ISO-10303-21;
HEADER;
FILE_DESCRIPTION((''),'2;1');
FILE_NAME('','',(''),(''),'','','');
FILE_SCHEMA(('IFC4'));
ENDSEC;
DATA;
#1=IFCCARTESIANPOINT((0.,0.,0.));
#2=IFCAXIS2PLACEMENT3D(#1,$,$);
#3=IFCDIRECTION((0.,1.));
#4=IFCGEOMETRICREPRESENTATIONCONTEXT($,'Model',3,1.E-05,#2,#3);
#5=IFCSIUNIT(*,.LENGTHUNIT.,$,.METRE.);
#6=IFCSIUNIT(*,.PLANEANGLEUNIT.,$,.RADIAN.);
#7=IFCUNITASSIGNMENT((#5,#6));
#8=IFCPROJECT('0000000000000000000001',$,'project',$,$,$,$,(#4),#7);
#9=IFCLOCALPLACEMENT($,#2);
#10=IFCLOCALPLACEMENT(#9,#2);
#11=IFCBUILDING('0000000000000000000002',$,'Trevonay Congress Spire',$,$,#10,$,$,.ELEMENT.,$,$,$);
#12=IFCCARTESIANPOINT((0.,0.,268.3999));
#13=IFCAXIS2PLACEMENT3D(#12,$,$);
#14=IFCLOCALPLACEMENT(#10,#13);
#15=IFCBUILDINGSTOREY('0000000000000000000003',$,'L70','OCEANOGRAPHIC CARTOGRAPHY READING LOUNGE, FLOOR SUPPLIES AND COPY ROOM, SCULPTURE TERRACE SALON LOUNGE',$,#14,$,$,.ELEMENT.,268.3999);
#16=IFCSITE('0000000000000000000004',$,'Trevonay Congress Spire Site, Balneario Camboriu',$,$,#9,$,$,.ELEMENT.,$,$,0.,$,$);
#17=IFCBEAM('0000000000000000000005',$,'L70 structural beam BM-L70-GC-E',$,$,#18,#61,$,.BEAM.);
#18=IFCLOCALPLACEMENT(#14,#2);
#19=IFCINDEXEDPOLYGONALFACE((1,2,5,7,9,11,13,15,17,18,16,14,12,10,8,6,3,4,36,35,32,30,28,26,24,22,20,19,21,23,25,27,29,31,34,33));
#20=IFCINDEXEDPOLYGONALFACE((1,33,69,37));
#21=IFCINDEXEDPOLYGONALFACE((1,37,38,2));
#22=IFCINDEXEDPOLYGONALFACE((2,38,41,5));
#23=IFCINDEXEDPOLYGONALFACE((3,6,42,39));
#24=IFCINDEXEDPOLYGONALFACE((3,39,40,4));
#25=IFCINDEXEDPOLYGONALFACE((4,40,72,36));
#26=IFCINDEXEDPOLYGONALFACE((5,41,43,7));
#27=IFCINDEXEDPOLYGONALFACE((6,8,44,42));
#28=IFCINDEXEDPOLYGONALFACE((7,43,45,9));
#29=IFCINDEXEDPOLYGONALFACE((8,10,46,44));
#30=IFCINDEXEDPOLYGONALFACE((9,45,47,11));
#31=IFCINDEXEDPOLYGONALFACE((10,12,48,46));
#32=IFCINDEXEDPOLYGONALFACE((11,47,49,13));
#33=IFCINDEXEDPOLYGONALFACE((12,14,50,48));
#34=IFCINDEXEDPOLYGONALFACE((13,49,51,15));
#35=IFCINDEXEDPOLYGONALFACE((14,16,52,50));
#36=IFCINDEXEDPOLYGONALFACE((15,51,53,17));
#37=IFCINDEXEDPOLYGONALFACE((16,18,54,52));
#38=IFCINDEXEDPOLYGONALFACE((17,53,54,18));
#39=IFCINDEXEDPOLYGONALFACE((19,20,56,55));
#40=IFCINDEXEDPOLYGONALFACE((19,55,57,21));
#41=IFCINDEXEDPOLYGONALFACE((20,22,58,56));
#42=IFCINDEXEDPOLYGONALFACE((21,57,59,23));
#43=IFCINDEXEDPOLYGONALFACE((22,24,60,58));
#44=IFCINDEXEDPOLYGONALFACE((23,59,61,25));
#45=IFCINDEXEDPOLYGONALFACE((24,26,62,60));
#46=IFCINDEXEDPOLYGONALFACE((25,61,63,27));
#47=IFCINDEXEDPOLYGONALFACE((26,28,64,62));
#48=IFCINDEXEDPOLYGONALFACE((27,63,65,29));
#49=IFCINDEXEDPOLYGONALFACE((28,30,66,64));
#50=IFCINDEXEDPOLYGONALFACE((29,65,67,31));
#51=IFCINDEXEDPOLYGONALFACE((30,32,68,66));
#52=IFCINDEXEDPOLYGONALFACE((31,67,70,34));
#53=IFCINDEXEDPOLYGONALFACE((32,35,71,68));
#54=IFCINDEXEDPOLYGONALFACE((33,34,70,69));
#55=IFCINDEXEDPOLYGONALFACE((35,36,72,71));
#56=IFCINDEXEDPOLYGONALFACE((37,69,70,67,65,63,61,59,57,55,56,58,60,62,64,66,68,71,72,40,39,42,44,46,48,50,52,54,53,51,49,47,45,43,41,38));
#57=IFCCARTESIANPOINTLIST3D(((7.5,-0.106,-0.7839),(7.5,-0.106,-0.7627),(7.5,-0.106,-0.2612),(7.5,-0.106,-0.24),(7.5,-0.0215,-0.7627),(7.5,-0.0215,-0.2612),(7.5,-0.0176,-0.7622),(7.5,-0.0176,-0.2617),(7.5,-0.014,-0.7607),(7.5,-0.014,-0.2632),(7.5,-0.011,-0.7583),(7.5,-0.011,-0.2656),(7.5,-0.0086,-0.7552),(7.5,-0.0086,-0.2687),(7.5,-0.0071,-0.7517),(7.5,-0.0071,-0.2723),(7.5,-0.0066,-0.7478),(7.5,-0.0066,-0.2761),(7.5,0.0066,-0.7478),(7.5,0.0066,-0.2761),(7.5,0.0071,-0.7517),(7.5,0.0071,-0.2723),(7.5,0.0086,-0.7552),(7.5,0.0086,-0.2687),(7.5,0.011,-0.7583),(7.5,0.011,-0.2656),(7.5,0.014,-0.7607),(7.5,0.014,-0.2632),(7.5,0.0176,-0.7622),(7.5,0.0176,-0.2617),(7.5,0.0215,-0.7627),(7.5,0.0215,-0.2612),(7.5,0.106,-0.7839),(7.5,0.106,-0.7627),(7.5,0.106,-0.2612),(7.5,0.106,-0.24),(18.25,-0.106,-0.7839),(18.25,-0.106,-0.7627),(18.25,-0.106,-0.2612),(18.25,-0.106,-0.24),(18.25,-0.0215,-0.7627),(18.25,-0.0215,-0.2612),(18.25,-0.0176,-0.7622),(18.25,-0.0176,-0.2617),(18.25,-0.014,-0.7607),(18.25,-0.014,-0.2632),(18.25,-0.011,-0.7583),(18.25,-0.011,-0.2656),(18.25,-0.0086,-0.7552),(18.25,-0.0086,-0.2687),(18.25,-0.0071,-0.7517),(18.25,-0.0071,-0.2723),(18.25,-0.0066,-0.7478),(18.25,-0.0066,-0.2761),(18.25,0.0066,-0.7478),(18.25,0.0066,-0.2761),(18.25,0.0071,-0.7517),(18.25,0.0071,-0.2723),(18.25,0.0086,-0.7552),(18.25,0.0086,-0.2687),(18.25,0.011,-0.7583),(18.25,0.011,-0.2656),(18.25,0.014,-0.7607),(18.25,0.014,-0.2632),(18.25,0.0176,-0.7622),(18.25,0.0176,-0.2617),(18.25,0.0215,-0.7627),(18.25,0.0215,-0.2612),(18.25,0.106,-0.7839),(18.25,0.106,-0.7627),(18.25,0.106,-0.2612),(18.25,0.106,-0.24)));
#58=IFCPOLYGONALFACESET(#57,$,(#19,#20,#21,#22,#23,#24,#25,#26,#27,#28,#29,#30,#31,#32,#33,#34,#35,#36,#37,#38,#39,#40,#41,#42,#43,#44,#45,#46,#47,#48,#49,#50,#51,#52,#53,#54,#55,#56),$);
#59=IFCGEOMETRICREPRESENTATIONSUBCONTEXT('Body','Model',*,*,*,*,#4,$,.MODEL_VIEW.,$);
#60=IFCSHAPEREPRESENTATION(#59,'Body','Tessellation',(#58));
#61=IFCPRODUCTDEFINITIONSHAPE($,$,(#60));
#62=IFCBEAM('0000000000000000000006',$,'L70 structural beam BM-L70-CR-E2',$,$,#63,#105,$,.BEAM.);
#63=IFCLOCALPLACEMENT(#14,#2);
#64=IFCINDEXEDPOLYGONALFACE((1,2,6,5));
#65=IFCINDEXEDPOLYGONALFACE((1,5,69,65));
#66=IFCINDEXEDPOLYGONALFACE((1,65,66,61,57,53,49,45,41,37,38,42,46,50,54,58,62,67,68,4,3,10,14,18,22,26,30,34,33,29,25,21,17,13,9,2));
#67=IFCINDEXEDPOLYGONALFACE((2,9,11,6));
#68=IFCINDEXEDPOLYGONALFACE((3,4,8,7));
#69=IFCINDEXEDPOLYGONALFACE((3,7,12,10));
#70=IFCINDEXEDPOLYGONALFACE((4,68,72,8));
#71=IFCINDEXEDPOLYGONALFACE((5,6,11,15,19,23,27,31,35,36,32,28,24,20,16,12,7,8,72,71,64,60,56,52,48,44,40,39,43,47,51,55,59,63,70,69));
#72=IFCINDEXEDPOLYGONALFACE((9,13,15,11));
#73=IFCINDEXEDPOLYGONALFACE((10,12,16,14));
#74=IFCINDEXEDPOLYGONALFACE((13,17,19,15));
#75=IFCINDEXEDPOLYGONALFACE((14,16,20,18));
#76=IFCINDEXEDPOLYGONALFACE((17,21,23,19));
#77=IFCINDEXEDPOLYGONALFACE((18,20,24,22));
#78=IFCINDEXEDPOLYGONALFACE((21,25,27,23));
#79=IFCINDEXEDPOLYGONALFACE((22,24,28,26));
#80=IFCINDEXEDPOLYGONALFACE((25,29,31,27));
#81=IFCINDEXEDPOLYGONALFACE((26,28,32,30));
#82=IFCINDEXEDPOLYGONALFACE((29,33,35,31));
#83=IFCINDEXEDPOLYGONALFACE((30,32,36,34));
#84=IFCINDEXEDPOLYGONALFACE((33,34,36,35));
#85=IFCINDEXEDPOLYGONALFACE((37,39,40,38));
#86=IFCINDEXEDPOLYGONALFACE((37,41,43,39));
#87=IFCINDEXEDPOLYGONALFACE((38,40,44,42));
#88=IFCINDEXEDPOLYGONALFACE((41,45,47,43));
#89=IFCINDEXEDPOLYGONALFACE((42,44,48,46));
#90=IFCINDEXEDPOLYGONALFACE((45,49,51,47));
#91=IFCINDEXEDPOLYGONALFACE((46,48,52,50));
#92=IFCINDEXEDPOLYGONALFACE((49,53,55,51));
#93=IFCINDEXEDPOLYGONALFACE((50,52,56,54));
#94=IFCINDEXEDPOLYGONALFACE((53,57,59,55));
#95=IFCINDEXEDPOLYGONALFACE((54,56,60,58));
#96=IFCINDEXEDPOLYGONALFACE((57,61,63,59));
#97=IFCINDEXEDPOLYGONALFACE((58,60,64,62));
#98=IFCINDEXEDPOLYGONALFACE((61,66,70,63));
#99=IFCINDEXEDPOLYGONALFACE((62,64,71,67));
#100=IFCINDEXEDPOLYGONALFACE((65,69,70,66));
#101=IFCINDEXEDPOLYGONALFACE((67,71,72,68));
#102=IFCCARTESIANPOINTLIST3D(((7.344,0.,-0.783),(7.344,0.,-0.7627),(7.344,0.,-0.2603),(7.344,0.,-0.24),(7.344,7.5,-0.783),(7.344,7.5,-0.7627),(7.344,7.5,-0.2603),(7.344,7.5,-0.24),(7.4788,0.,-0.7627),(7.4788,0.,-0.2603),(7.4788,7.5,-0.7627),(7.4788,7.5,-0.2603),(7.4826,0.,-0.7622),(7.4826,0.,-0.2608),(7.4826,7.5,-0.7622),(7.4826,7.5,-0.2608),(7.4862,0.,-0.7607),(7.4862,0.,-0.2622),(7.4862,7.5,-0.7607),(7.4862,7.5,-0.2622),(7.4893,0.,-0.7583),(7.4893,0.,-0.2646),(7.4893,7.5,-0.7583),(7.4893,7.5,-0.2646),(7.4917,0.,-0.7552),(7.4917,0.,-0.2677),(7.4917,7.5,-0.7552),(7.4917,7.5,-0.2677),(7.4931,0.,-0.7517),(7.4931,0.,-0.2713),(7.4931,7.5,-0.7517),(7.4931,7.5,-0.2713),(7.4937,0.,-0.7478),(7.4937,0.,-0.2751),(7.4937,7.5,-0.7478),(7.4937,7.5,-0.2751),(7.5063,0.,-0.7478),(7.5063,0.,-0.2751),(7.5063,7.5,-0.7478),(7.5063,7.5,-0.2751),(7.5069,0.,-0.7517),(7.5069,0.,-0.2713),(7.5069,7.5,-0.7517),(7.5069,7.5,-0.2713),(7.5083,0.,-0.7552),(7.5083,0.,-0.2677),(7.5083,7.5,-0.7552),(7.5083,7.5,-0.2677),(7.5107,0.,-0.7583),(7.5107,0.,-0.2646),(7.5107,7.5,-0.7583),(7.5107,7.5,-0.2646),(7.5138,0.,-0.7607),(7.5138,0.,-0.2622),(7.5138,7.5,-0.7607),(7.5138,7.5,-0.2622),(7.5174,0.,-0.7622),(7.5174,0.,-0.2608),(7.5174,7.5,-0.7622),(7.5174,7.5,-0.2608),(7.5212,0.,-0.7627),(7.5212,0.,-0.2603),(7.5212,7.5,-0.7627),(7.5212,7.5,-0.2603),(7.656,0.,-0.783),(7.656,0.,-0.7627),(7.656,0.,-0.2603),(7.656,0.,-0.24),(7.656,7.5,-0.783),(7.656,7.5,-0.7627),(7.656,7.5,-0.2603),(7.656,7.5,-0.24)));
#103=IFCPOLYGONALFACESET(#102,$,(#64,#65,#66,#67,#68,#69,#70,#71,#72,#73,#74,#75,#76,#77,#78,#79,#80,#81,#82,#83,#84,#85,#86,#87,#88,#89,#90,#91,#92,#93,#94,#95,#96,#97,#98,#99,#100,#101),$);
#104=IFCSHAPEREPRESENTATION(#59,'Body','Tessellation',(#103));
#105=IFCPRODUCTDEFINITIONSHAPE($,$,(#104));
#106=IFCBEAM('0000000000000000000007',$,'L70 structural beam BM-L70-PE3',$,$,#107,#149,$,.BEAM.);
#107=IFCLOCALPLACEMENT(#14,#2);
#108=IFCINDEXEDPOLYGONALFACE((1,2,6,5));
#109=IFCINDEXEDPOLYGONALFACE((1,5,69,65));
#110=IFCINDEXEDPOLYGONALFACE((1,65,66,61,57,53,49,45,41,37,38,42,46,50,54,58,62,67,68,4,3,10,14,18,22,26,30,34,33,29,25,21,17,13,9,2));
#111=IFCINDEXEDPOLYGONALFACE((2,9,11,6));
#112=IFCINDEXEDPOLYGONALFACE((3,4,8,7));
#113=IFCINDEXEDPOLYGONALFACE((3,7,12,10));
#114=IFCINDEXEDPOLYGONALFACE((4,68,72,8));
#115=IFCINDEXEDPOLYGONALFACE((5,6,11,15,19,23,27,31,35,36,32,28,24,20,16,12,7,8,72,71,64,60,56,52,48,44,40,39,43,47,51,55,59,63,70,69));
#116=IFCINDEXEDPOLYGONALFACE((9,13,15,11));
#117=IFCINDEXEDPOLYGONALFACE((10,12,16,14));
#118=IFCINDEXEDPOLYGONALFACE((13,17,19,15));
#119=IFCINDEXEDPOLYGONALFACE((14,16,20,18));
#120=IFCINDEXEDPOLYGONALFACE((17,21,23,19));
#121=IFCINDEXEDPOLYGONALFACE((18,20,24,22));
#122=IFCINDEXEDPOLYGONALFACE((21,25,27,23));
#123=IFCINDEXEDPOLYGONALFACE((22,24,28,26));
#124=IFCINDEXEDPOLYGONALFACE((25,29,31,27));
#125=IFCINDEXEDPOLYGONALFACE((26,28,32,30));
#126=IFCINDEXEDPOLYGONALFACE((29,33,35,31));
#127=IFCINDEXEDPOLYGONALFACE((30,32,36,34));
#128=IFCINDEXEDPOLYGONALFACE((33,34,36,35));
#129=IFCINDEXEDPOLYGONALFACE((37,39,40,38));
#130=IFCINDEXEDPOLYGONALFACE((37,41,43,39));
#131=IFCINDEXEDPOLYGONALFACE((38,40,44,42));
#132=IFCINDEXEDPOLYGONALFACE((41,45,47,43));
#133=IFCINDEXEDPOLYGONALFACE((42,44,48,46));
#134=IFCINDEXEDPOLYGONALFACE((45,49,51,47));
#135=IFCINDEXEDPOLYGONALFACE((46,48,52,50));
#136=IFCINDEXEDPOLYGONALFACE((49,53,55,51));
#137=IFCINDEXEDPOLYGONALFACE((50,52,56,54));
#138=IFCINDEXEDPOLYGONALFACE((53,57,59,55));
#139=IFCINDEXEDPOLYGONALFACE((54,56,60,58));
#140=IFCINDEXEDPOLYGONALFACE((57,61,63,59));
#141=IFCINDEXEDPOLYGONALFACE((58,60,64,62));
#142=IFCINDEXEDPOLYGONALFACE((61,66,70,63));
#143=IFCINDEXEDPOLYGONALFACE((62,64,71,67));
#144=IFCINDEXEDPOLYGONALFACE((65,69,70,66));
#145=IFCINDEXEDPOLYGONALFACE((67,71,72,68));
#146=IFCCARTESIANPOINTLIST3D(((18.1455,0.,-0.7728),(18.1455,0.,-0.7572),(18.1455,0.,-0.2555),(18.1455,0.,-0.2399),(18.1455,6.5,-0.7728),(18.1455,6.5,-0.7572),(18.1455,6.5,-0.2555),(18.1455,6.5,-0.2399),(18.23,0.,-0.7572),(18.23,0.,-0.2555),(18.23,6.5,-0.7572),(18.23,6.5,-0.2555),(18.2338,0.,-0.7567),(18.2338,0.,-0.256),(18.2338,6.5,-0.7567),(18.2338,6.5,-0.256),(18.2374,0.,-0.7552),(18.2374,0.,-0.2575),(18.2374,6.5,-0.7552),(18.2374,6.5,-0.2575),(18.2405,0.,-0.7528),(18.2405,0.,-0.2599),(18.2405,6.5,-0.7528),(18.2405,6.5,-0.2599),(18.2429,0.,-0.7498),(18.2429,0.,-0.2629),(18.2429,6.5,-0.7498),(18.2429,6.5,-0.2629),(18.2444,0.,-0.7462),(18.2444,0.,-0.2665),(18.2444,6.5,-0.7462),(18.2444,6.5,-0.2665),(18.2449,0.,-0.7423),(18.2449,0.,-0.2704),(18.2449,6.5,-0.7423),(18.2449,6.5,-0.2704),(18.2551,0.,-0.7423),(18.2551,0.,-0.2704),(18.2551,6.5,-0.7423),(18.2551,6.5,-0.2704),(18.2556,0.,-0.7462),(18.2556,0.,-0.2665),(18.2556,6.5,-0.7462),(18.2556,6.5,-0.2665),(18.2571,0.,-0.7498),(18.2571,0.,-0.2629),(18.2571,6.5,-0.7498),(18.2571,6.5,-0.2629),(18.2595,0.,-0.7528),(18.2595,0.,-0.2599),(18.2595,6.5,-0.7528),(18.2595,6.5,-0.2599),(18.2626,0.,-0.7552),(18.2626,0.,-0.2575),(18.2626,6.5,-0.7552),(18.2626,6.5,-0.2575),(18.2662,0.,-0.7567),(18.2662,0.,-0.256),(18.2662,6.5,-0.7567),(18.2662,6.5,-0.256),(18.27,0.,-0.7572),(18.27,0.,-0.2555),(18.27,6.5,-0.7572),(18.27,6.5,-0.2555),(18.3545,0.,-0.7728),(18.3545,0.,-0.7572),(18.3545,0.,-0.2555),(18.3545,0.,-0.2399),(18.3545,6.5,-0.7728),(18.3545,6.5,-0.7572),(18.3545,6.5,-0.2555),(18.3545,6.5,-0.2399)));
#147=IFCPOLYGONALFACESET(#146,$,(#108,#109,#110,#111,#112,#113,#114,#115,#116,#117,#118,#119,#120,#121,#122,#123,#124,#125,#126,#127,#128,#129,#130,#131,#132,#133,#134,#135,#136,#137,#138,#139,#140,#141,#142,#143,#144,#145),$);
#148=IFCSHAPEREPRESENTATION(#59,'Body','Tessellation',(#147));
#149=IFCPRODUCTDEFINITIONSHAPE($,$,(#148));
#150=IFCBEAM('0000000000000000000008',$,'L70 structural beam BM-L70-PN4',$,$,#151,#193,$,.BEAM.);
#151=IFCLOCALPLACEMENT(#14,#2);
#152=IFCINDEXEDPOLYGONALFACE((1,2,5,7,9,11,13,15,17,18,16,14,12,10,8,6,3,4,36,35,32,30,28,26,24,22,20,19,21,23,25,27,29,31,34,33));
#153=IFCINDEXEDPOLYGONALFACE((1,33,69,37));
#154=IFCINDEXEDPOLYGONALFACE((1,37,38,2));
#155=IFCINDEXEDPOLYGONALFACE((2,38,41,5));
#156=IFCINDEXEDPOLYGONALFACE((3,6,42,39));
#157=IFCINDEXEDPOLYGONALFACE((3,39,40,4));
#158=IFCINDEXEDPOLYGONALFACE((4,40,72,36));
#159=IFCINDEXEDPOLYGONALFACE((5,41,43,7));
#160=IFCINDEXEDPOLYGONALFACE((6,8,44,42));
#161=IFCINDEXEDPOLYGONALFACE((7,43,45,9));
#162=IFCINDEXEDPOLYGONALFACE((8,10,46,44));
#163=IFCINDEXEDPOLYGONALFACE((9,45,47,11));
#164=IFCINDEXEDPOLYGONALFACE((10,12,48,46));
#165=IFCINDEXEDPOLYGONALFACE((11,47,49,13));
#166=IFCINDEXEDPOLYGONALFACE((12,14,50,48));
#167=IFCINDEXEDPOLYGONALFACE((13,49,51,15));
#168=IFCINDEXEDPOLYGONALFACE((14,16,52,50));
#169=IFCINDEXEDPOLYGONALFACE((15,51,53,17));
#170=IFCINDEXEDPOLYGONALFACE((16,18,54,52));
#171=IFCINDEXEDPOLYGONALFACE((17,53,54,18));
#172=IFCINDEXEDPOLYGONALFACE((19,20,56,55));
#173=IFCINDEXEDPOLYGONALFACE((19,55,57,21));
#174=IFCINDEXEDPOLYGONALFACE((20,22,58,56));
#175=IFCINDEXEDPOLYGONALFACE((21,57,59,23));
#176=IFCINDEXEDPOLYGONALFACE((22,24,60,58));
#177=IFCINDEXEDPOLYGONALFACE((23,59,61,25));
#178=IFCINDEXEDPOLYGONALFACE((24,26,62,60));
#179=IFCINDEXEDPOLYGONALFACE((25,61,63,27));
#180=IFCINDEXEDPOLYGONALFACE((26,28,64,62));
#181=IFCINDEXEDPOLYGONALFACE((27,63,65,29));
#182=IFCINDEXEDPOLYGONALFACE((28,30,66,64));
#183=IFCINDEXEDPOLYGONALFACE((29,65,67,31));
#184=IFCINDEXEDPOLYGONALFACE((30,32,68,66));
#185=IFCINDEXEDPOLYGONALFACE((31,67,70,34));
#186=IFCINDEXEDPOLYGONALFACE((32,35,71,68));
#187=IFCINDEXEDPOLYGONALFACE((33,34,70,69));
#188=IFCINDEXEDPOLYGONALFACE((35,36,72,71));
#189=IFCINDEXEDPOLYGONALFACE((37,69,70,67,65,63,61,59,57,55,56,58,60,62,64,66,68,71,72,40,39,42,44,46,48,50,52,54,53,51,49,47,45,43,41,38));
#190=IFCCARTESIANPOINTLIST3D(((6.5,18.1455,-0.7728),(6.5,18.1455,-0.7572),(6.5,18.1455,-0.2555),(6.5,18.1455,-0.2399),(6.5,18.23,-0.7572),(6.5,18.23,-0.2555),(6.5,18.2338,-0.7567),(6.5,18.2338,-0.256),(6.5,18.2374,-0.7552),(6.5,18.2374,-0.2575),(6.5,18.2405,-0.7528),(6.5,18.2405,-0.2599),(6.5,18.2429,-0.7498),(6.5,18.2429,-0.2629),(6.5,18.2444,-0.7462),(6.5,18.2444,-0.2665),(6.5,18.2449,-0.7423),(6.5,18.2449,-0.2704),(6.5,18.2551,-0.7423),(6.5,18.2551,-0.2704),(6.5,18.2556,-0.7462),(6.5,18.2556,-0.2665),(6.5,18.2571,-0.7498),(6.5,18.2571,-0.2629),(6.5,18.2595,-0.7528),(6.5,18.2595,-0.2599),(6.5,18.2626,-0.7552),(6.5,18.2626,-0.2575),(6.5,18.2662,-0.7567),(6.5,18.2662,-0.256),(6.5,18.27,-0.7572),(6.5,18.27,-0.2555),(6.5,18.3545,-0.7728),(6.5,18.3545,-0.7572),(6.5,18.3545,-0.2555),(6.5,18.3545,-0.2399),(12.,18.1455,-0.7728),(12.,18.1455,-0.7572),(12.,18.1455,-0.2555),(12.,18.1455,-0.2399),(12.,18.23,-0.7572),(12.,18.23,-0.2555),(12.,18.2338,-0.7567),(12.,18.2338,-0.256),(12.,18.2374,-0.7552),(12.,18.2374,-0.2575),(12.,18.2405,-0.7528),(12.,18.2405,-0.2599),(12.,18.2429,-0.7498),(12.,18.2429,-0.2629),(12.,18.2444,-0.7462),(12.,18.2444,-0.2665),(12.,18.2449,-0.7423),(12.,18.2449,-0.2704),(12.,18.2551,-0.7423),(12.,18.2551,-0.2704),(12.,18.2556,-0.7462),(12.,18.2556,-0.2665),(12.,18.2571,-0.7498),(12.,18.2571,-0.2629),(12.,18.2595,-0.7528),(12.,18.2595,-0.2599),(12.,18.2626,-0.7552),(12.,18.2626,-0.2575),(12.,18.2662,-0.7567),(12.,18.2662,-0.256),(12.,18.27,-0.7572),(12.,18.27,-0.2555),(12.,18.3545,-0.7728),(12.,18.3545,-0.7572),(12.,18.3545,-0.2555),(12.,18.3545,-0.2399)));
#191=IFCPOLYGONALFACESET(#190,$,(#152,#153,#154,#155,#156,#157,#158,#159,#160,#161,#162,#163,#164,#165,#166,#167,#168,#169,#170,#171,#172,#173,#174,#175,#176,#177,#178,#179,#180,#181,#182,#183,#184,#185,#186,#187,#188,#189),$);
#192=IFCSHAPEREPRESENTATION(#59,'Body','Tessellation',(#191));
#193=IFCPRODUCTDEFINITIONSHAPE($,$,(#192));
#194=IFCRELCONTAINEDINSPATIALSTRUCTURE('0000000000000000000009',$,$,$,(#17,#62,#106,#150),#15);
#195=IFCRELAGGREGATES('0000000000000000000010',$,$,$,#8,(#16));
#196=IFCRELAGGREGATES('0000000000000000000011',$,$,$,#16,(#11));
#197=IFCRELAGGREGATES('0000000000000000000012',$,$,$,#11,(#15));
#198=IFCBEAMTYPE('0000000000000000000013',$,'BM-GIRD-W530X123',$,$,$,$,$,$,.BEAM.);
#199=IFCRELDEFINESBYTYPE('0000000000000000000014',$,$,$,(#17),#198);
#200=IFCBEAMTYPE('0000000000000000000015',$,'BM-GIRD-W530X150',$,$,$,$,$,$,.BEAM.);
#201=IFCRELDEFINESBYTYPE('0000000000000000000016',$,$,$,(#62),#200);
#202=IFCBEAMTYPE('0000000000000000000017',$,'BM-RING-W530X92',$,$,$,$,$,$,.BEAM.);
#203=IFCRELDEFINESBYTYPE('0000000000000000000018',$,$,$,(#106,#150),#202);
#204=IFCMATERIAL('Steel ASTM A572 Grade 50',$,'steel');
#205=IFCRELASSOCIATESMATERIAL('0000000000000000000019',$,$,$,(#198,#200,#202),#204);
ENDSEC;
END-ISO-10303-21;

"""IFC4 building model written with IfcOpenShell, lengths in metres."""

from ifc_helpers import new_model, si_unit, direction, frame, origin, origin_2d, place, context, subcontext, project, spatial, i_section, extrude, material, material_profile, profile_set, type_object, element, save


model = new_model("IFC4")

# Units and contexts
model_context = context("Model", 3, precision=1e-05, world=origin(), true_north=direction((0.0, 1.0)))
body_context = subcontext(model_context, "Body", "Model", "MODEL_VIEW")
ifc_project = project(units=[si_unit("LENGTHUNIT", "METRE"), si_unit("PLANEANGLEUNIT", "RADIAN")], contexts=[model_context])

# Site, building, storey
site_placement = place(None, origin())
site = spatial("IfcSite", under=ifc_project, at=site_placement, Name="Trevonay Congress Spire Site, Balneario Camboriu", CompositionType="ELEMENT", RefElevation=0.0)
building_placement = place(site_placement, origin())
building = spatial("IfcBuilding", under=site, at=building_placement, Name="Trevonay Congress Spire", CompositionType="ELEMENT")
storey_placement = place(building_placement, frame((0.0, 0.0, 268.3999)))
storey = spatial("IfcBuildingStorey", under=building, at=storey_placement, Name="L70", Description="OCEANOGRAPHIC CARTOGRAPHY READING LOUNGE, FLOOR SUPPLIES AND COPY ROOM, SCULPTURE TERRACE SALON LOUNGE", CompositionType="ELEMENT", Elevation=268.3999)

# Shared definitions
ifc_material_1 = material(Name="Steel ASTM A572 Grade 50", Category="steel")

# Beams
ifc_material_profile_1 = material_profile(ifc_material_1, i_section(OverallWidth=0.2119, OverallDepth=0.5439, WebThickness=0.0132, FlangeThickness=0.0212, FilletRadius=0.0149, at=origin_2d()), Name="W530x123")
ifc_profile_set_1 = profile_set([ifc_material_profile_1], Name="Steel ASTM A572 Grade 50")
beam_type_1 = type_object("IfcBeamType", Name="BM-GIRD-W530X123", PredefinedType="BEAM", material=ifc_profile_set_1)
beam_1_placement = place(storey_placement, frame((7.5, 0.0, -0.512), z_axis=(1.0, 0.0, 0.0), x_axis=(0.0, 1.0, 0.0)))
element("IfcBeam", 1, at=beam_1_placement, inside=storey, type_object=beam_type_1, Name="L70 structural beam BM-L70-GC-E", PredefinedType="BEAM", context=body_context, shape_type="SweptSolid", body=[
    extrude(i_section(OverallWidth=0.2119, OverallDepth=0.5439, WebThickness=0.0132, FlangeThickness=0.0212, FilletRadius=0.0149, at=origin_2d()), origin(), (0.0, 0.0, 1.0), 10.75),
])
ifc_material_profile_2 = material_profile(ifc_material_1, i_section(OverallWidth=0.312, OverallDepth=0.543, WebThickness=0.0127, FlangeThickness=0.0203, FilletRadius=0.0149, at=origin_2d()), Name="W530x150")
ifc_profile_set_2 = profile_set([ifc_material_profile_2], Name="Steel ASTM A572 Grade 50")
beam_type_2 = type_object("IfcBeamType", Name="BM-GIRD-W530X150", PredefinedType="BEAM", material=ifc_profile_set_2)
beam_2_placement = place(storey_placement, frame((7.5, 0.0, -0.5115), z_axis=(0.0, 1.0, 0.0), x_axis=(-1.0, 0.0, 0.0)))
element("IfcBeam", 2, at=beam_2_placement, inside=storey, type_object=beam_type_2, Name="L70 structural beam BM-L70-CR-E2", PredefinedType="BEAM", context=body_context, shape_type="SweptSolid", body=[
    extrude(i_section(OverallWidth=0.312, OverallDepth=0.543, WebThickness=0.0127, FlangeThickness=0.0203, FilletRadius=0.0149, at=origin_2d()), origin(), (0.0, 0.0, 1.0), 7.5),
])
ifc_material_profile_3 = material_profile(ifc_material_1, i_section(OverallWidth=0.209, OverallDepth=0.533, WebThickness=0.0103, FlangeThickness=0.0156, FilletRadius=0.0149, at=origin_2d()), Name="W530x92")
ifc_profile_set_3 = profile_set([ifc_material_profile_3], Name="Steel ASTM A572 Grade 50")
beam_type_3 = type_object("IfcBeamType", Name="BM-RING-W530X92", PredefinedType="BEAM", material=ifc_profile_set_3)
beam_3_placement = place(storey_placement, frame((18.25, 0.0, -0.5063), z_axis=(0.0, 1.0, 0.0), x_axis=(-1.0, 0.0, 0.0)))
element("IfcBeam", 3, at=beam_3_placement, inside=storey, type_object=beam_type_3, Name="L70 structural beam BM-L70-PE3", PredefinedType="BEAM", context=body_context, shape_type="SweptSolid", body=[
    extrude(i_section(OverallWidth=0.209, OverallDepth=0.533, WebThickness=0.0103, FlangeThickness=0.0156, FilletRadius=0.0149, at=origin_2d()), origin(), (0.0, 0.0, 1.0), 6.5),
])
for number, where, z_axis, x_axis, name in (
    (4, (6.5, 18.25, -0.5063), (1.0, 0.0, 0.0), (0.0, 1.0, 0.0), "L70 structural beam BM-L70-PN4"),
):
    element("IfcBeam", number, at=place(storey_placement, frame(where, z_axis=z_axis, x_axis=x_axis)), inside=storey, type_object=beam_type_3, Name=name, PredefinedType="BEAM", context=body_context, shape_type="SweptSolid", body=[
        extrude(i_section(OverallWidth=0.209, OverallDepth=0.533, WebThickness=0.0103, FlangeThickness=0.0156, FilletRadius=0.0149, at=origin_2d()), origin(), (0.0, 0.0, 1.0), 5.5),
    ])

save(model, "model.ifc")
